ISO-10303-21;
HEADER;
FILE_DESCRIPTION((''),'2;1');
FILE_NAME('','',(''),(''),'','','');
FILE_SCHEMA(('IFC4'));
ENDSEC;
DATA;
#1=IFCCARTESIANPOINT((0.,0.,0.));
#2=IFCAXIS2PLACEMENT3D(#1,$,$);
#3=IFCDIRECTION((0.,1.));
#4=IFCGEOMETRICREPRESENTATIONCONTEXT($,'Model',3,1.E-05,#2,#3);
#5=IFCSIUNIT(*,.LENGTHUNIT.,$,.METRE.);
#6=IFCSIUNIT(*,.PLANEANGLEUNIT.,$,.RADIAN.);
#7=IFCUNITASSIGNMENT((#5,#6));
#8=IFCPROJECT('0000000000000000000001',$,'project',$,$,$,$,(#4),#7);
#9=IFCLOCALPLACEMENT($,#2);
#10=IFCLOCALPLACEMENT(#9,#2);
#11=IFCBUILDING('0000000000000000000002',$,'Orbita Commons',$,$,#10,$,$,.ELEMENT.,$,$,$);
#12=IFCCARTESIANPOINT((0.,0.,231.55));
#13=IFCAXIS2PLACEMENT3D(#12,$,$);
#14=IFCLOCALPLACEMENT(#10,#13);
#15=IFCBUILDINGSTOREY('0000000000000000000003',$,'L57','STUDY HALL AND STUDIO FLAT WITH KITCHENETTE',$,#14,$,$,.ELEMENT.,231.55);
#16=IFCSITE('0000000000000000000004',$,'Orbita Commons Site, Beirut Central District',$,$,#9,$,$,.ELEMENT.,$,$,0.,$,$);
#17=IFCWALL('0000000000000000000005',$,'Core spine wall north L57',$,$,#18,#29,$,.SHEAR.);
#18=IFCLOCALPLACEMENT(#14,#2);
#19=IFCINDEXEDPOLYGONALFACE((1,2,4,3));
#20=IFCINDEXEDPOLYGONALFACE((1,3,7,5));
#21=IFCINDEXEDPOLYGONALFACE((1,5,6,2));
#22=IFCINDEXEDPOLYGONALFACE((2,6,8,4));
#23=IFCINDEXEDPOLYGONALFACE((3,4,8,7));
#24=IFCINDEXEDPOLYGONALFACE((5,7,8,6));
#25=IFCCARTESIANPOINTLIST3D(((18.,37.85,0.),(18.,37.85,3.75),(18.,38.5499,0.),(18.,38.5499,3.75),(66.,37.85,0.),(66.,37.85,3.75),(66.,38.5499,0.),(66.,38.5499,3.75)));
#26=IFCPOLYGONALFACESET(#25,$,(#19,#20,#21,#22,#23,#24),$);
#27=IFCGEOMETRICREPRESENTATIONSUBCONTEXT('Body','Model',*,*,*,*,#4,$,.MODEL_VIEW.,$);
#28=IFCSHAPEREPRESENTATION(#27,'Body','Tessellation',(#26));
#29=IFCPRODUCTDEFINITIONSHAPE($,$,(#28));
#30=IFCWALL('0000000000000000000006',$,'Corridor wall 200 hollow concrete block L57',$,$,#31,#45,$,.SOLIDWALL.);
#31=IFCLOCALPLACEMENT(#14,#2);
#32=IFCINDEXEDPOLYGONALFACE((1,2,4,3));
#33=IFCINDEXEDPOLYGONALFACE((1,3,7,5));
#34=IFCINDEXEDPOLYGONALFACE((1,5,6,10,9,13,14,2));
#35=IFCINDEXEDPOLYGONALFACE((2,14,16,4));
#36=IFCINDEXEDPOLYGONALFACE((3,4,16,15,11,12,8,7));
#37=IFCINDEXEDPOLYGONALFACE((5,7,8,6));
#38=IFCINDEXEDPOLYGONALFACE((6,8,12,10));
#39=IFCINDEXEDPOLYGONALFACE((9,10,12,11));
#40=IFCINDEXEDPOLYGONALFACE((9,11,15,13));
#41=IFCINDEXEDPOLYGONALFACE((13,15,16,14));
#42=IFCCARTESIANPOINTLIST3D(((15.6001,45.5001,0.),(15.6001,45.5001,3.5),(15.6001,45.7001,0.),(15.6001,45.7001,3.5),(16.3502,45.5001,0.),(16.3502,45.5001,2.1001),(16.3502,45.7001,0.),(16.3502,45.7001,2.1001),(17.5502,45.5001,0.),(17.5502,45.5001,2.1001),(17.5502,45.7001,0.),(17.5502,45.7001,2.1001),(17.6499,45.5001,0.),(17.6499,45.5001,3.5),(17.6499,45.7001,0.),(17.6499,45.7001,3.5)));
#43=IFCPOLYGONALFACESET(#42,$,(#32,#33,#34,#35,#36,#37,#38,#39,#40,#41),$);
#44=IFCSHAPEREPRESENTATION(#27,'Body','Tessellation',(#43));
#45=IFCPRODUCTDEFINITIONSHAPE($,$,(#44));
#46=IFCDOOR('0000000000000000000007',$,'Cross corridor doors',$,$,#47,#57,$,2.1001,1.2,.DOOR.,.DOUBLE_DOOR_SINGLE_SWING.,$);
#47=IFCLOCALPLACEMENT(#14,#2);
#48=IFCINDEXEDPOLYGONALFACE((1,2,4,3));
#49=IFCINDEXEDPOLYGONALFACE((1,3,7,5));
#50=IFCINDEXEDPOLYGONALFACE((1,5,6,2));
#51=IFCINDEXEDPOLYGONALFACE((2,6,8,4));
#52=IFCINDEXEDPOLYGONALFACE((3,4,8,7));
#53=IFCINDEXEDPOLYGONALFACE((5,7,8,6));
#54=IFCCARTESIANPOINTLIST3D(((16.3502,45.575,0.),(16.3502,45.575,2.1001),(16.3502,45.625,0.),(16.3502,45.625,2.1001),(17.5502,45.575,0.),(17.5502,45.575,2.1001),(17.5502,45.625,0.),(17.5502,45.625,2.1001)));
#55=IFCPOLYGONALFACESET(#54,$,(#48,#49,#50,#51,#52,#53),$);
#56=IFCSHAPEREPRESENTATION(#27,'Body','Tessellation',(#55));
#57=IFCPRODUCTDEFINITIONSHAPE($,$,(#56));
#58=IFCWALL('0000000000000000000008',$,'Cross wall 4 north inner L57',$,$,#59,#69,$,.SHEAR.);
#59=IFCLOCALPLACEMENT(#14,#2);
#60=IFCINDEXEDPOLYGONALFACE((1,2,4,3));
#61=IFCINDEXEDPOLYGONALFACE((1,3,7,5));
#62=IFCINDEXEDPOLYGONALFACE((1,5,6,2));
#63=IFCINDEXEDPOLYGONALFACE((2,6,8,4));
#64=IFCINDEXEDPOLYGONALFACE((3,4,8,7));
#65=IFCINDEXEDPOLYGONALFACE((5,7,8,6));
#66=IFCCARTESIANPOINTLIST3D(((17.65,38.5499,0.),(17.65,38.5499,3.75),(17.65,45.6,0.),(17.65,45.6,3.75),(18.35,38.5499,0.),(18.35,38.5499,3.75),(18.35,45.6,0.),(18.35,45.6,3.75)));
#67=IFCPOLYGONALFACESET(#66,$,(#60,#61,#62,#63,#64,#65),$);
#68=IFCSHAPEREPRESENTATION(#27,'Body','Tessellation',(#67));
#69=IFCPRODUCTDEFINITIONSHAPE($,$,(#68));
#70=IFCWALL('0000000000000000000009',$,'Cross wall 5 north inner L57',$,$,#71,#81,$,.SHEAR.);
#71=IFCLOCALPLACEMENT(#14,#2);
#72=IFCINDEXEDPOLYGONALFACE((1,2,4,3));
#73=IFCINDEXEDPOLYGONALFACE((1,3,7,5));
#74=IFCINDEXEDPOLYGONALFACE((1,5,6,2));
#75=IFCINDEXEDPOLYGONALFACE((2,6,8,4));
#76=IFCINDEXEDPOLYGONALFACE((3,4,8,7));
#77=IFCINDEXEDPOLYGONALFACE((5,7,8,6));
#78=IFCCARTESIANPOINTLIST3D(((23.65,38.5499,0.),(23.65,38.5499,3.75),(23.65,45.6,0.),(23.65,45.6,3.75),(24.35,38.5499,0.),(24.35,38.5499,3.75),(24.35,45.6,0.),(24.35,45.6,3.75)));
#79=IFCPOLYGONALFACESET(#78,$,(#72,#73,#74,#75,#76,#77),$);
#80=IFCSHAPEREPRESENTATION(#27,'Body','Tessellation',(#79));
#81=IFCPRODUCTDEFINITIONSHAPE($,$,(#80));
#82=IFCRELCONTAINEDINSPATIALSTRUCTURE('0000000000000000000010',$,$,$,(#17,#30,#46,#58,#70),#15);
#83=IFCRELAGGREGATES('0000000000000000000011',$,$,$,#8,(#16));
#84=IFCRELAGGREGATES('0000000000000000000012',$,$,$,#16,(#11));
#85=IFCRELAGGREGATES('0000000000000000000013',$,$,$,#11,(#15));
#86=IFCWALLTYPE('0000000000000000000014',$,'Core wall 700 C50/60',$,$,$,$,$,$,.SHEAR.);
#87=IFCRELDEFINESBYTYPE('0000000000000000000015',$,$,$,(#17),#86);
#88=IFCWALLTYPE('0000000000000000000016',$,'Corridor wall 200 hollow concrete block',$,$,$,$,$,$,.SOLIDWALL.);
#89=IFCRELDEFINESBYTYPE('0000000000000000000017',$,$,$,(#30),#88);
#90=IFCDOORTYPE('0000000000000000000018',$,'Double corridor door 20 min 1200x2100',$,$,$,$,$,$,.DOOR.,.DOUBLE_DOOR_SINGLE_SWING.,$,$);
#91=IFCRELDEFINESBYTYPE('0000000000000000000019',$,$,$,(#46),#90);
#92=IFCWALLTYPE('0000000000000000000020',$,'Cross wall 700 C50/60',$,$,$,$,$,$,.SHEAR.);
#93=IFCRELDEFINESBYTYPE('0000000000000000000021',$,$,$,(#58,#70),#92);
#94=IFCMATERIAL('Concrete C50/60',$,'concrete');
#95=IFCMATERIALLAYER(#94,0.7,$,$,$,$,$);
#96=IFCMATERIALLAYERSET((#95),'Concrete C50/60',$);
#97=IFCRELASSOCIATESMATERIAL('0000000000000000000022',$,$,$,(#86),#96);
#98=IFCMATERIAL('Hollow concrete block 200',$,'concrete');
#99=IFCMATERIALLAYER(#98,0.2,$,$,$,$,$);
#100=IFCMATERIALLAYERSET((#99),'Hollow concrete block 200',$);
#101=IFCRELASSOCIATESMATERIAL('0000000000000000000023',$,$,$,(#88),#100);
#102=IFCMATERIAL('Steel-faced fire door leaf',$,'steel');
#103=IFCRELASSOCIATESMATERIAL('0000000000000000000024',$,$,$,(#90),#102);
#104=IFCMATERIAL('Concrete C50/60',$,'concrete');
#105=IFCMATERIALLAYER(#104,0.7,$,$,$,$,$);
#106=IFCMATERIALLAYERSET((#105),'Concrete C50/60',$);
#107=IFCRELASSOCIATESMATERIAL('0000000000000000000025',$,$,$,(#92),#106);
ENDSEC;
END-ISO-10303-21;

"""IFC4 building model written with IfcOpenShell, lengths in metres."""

from ifc_helpers import new_model, si_unit, direction, frame, frame_2d, origin, place, context, subcontext, project, spatial, rectangle, extrude, material, layer, layer_set, type_object, element, fill, save


model = new_model("IFC4")

# Units and contexts
model_context = context("Model", 3, precision=1e-05, world=origin(), true_north=direction((0.0, 1.0)))
body_context = subcontext(model_context, "Body", "Model", "MODEL_VIEW")
ifc_project = project(units=[si_unit("LENGTHUNIT", "METRE"), si_unit("PLANEANGLEUNIT", "RADIAN")], contexts=[model_context])

# Site, building, storey
site_placement = place(None, origin())
site = spatial("IfcSite", under=ifc_project, at=site_placement, Name="Orbita Commons Site, Beirut Central District", CompositionType="ELEMENT", RefElevation=0.0)
building_placement = place(site_placement, origin())
building = spatial("IfcBuilding", under=site, at=building_placement, Name="Orbita Commons", CompositionType="ELEMENT")
storey_placement = place(building_placement, frame((0.0, 0.0, 231.55)))
storey = spatial("IfcBuildingStorey", under=building, at=storey_placement, Name="L57", Description="STUDY HALL AND STUDIO FLAT WITH KITCHENETTE", CompositionType="ELEMENT", Elevation=231.55)

# Wall
ifc_material_1 = material(Name="Concrete C50/60", Category="concrete")
ifc_layer_1 = layer(ifc_material_1, 0.7)
ifc_layer_set_1 = layer_set([ifc_layer_1], Name="Concrete C50/60")
wall_type_1 = type_object("IfcWallType", Name="Core wall 700 C50/60", PredefinedType="SHEAR", material=ifc_layer_set_1)
wall_1_placement = place(storey_placement, frame((18.0, 38.2, 0.0), z_axis=(0.0, 0.0, 1.0), x_axis=(1.0, 0.0, 0.0)))
element("IfcWall", 1, at=wall_1_placement, inside=storey, type_object=wall_type_1, Name="Core spine wall north L57", PredefinedType="SHEAR", context=body_context, shape_type="SweptSolid", body=[
    extrude(rectangle(XDim=48.0, YDim=0.7, at=frame_2d((24.0, 0.0))), origin(), (0.0, 0.0, 1.0), 3.75),
])

# Wall, opening, door
ifc_material_2 = material(Name="Hollow concrete block 200", Category="concrete")
ifc_layer_2 = layer(ifc_material_2, 0.2)
ifc_layer_set_2 = layer_set([ifc_layer_2], Name="Hollow concrete block 200")
wall_type_2 = type_object("IfcWallType", Name="Corridor wall 200 hollow concrete block", PredefinedType="SOLIDWALL", material=ifc_layer_set_2)
wall_2_placement = place(storey_placement, frame((15.6001, 45.6001, 0.0), z_axis=(0.0, 0.0, 1.0), x_axis=(1.0, 0.0, 0.0)))
wall_2 = element("IfcWall", 2, at=wall_2_placement, inside=storey, type_object=wall_type_2, Name="Corridor wall 200 hollow concrete block L57", PredefinedType="SOLIDWALL", context=body_context, shape_type="SweptSolid", body=[
    extrude(rectangle(XDim=2.0498, YDim=0.2, at=frame_2d((1.0249, 0.0))), origin(), (0.0, 0.0, 1.0), 3.5),
])
opening_placement = place(wall_2_placement, frame((0.75, 0.0, 0.0)))
opening = element("IfcOpeningElement", 3, at=opening_placement, cuts=wall_2, PredefinedType="OPENING", context=body_context, shape_type="SweptSolid", body=[
    extrude(rectangle(XDim=1.2, YDim=2.1001, at=frame_2d((0.6001, 1.05))), frame((0.0, 0.1099, 0.0), z_axis=(0.0, -1.0, 0.0), x_axis=(1.0, 0.0, 0.0)), (0.0, 0.0, 1.0), 0.22),
])
ifc_material_3 = material(Name="Steel-faced fire door leaf", Category="steel")
door_type = type_object("IfcDoorType", Name="Double corridor door 20 min 1200x2100", OperationType="DOUBLE_DOOR_SINGLE_SWING", PredefinedType="DOOR", material=ifc_material_3)
door_placement = place(opening_placement, origin())
door = element("IfcDoor", 4, at=door_placement, inside=storey, type_object=door_type, Name="Cross corridor doors", OperationType="DOUBLE_DOOR_SINGLE_SWING", OverallHeight=2.1001, OverallWidth=1.2, PredefinedType="DOOR", context=body_context, shape_type="SweptSolid", body=[
    extrude(rectangle(XDim=1.2, YDim=2.1001, at=frame_2d((0.6001, 1.05))), frame((0.0, 0.0249, 0.0), z_axis=(0.0, -1.0, 0.0), x_axis=(1.0, 0.0, 0.0)), (0.0, 0.0, 1.0), 0.05),
])
fill(opening, door)

# Walls
ifc_material_4 = material(Name="Concrete C50/60", Category="concrete")
ifc_layer_3 = layer(ifc_material_4, 0.7)
ifc_layer_set_3 = layer_set([ifc_layer_3], Name="Concrete C50/60")
wall_type_3 = type_object("IfcWallType", Name="Cross wall 700 C50/60", PredefinedType="SHEAR", material=ifc_layer_set_3)
for number, where, z_axis, x_axis, name in (
    (5, (18.0, 38.55, 0.0), (0.0, 0.0, 1.0), (0.0, 1.0, 0.0), "Cross wall 4 north inner L57"),
    (6, (24.0, 38.55, 0.0), (0.0, 0.0, 1.0), (0.0, 1.0, 0.0), "Cross wall 5 north inner L57"),
):
    element("IfcWall", number, at=place(storey_placement, frame(where, z_axis=z_axis, x_axis=x_axis)), inside=storey, type_object=wall_type_3, Name=name, PredefinedType="SHEAR", context=body_context, shape_type="SweptSolid", body=[
        extrude(rectangle(XDim=7.05, YDim=0.7, at=frame_2d((3.5249, 0.0))), origin(), (0.0, 0.0, 1.0), 3.75),
    ])

save(model, "model.ifc")
